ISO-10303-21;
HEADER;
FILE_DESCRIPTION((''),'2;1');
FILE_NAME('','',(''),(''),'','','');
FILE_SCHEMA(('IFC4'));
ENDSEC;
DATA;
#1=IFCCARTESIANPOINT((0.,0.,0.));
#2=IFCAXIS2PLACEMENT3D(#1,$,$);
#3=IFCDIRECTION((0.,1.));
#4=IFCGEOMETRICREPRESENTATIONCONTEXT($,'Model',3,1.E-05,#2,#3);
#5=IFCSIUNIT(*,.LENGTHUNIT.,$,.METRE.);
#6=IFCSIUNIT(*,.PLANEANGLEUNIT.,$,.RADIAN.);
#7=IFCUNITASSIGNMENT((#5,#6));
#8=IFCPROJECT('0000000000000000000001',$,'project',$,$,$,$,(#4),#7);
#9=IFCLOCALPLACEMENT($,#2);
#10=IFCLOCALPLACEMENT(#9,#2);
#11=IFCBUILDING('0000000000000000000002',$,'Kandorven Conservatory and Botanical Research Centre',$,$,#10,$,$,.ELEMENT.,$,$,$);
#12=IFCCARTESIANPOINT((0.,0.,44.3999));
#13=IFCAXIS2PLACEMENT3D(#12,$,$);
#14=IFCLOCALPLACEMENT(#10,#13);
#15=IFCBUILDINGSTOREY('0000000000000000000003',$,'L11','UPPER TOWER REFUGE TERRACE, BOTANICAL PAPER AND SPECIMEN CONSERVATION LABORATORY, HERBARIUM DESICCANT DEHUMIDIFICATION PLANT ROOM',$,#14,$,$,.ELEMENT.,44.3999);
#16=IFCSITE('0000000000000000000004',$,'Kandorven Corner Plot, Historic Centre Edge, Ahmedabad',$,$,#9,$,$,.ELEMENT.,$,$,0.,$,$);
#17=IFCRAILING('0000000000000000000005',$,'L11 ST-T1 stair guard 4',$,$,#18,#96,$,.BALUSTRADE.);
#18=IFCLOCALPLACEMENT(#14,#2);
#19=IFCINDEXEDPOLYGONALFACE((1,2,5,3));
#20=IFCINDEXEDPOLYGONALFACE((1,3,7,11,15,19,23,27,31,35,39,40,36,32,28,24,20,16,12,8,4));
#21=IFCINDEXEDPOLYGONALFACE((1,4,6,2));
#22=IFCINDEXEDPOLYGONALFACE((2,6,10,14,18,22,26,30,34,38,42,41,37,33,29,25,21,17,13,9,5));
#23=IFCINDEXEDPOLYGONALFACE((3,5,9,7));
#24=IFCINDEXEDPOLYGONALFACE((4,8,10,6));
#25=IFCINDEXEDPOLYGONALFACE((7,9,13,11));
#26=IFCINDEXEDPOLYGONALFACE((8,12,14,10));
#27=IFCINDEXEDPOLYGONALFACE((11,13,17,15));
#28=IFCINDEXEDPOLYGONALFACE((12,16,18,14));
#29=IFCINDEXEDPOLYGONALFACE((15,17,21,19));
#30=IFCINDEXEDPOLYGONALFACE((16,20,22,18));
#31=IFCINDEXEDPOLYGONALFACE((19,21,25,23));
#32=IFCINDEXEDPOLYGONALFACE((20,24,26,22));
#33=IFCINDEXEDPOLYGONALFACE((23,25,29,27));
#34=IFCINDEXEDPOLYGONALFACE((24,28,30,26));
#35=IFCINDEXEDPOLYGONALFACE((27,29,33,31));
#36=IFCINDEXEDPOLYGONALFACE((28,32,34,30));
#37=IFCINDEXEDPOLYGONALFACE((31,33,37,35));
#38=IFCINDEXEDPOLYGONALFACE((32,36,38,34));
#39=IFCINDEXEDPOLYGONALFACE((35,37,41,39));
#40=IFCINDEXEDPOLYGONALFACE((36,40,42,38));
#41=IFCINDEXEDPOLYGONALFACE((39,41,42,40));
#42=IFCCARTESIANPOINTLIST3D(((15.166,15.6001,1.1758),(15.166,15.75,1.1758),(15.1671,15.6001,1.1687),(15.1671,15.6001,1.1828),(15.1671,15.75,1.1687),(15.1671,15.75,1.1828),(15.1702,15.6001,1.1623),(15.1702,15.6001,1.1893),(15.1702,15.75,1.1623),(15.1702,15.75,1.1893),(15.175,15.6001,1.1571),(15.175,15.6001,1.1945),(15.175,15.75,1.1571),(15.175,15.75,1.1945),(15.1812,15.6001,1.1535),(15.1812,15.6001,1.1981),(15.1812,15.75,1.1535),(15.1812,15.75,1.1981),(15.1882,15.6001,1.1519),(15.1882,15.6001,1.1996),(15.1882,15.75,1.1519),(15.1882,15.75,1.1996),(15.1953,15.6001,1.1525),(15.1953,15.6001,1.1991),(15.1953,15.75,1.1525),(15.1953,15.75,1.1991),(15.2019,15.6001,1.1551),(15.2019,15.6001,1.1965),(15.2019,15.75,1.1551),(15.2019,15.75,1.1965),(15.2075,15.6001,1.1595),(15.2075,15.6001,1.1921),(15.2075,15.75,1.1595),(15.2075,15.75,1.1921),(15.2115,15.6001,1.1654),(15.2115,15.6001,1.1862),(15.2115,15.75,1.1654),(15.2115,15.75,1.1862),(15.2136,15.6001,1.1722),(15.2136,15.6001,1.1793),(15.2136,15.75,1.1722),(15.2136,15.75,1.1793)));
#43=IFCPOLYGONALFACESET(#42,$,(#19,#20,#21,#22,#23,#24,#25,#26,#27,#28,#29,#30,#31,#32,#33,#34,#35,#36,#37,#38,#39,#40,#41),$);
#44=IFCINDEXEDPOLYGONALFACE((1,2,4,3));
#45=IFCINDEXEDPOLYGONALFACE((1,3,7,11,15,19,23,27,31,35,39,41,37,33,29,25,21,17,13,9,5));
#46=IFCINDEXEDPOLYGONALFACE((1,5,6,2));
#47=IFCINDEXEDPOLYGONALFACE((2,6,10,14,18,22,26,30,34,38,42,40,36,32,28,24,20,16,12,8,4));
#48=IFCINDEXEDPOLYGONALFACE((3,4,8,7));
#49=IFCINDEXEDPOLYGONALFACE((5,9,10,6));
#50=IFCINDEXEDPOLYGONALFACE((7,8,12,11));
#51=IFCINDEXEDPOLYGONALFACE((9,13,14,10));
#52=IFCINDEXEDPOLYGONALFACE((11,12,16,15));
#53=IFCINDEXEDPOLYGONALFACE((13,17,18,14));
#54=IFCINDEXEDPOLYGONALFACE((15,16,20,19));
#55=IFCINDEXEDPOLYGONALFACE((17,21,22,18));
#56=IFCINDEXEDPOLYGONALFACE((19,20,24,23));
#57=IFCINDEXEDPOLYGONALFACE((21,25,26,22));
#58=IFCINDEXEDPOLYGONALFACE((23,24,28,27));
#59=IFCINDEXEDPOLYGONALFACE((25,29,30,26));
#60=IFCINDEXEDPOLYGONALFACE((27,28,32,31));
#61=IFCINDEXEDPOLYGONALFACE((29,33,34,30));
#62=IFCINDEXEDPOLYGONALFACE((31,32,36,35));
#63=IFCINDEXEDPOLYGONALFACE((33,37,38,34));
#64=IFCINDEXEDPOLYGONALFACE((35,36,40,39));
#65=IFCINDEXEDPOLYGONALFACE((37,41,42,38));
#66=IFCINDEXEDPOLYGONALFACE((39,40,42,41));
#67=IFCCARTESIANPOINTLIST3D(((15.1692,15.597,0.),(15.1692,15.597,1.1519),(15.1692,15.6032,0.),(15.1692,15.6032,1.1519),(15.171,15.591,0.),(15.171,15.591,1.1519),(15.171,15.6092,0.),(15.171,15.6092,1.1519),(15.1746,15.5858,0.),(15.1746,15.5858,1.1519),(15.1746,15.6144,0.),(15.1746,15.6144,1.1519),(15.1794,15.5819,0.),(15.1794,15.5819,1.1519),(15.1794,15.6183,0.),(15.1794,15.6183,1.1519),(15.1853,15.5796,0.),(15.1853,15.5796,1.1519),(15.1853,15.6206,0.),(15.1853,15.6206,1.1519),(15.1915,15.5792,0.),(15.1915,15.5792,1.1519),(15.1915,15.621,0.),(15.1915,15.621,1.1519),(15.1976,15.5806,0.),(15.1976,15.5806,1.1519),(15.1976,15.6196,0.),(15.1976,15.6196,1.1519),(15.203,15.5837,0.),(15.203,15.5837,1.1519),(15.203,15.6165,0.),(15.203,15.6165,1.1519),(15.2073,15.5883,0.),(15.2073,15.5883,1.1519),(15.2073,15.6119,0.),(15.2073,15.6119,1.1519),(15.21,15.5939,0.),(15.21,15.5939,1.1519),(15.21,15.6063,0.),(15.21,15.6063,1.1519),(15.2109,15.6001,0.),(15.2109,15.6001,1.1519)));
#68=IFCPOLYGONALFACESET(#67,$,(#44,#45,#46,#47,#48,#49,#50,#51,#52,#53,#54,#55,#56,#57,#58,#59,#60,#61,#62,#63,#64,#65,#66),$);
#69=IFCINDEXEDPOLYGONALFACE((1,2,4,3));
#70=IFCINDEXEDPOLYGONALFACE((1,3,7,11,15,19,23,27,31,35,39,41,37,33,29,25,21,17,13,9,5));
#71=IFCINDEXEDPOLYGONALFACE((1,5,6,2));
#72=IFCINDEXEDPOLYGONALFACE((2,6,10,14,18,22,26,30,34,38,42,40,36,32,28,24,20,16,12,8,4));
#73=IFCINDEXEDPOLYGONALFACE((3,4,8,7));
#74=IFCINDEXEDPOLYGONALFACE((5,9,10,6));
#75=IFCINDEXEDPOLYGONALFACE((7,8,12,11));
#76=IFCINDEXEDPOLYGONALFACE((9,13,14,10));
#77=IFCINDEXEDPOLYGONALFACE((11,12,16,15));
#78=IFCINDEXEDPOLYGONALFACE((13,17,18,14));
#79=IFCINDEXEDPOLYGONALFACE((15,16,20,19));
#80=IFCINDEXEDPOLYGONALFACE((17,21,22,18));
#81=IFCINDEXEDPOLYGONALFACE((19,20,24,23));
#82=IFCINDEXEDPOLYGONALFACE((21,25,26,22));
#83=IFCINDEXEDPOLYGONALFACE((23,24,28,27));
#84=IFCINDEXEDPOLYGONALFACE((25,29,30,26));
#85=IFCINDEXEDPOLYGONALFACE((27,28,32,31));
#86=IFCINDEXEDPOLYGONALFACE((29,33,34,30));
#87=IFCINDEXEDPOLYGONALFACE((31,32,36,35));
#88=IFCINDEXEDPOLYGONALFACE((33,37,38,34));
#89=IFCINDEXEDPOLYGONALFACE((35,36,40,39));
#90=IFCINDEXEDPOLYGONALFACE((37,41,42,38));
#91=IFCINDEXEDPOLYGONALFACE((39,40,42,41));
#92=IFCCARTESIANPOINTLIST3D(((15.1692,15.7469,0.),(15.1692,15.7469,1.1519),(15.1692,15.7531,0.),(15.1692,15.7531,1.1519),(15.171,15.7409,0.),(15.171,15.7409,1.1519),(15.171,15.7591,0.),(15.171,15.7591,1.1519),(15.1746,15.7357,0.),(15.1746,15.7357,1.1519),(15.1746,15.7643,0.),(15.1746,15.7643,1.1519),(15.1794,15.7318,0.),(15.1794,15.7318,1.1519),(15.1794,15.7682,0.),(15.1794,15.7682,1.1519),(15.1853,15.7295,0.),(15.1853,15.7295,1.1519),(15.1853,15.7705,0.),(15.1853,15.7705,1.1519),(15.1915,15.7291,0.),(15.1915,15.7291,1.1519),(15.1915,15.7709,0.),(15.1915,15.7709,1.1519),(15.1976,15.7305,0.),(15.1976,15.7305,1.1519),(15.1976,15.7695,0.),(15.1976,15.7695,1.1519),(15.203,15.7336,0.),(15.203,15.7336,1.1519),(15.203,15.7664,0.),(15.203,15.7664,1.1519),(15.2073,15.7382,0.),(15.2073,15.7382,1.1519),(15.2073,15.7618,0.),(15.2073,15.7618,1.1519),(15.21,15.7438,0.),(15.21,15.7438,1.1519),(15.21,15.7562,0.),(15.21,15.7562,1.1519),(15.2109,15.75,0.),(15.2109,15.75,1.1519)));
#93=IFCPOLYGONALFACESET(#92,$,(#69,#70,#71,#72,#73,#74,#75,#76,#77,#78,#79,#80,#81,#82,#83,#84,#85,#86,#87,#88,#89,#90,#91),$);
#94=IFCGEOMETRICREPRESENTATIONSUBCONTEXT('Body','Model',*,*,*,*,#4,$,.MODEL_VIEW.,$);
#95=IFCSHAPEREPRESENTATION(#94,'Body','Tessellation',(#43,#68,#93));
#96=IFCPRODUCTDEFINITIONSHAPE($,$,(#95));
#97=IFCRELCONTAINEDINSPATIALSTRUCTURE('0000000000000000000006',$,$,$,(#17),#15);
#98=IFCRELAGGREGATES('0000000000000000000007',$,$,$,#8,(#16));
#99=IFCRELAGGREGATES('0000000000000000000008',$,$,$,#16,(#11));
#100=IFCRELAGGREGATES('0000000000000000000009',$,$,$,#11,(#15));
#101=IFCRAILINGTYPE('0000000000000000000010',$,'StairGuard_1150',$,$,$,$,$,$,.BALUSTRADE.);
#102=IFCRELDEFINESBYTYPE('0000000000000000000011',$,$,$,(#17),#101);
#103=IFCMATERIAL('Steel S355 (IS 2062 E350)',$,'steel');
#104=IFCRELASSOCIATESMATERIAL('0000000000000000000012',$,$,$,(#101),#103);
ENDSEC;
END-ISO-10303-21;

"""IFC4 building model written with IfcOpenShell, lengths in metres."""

from ifc_helpers import new_model, si_unit, direction, frame, origin, origin_2d, place, context, subcontext, project, spatial, circle, extrude, material, type_object, element, save


model = new_model("IFC4")

# Units and contexts
model_context = context("Model", 3, precision=1e-05, world=origin(), true_north=direction((0.0, 1.0)))
body_context = subcontext(model_context, "Body", "Model", "MODEL_VIEW")
ifc_project = project(units=[si_unit("LENGTHUNIT", "METRE"), si_unit("PLANEANGLEUNIT", "RADIAN")], contexts=[model_context])

# Site, building, storey
site_placement = place(None, origin())
site = spatial("IfcSite", under=ifc_project, at=site_placement, Name="Kandorven Corner Plot, Historic Centre Edge, Ahmedabad", CompositionType="ELEMENT", RefElevation=0.0)
building_placement = place(site_placement, origin())
building = spatial("IfcBuilding", under=site, at=building_placement, Name="Kandorven Conservatory and Botanical Research Centre", CompositionType="ELEMENT")
storey_placement = place(building_placement, frame((0.0, 0.0, 44.3999)))
storey = spatial("IfcBuildingStorey", under=building, at=storey_placement, Name="L11", Description="UPPER TOWER REFUGE TERRACE, BOTANICAL PAPER AND SPECIMEN CONSERVATION LABORATORY, HERBARIUM DESICCANT DEHUMIDIFICATION PLANT ROOM", CompositionType="ELEMENT", Elevation=44.3999)

# Railing
ifc_material_1 = material(Name="Steel S355 (IS 2062 E350)", Category="steel")
railing_type_1 = type_object("IfcRailingType", Name="StairGuard_1150", PredefinedType="BALUSTRADE", material=ifc_material_1)
railing_1_placement = place(storey_placement, frame((15.1899, 15.6001, 0.0)))
element("IfcRailing", 1, at=railing_1_placement, inside=storey, type_object=railing_type_1, Name="L11 ST-T1 stair guard 4", PredefinedType="BALUSTRADE", context=body_context, shape_type="SweptSolid", body=[
    extrude(circle(Radius=0.0239, at=origin_2d()), frame((0.0, 0.0, 1.1758), z_axis=(0.0, 1.0, 0.0), x_axis=(-1.0, 0.0, 0.0)), (0.0, 0.0, 1.0), 0.1499),
    extrude(circle(Radius=0.021, at=origin_2d()), origin(), (0.0, 0.0, 1.0), 1.1519),
    extrude(circle(Radius=0.021, at=origin_2d()), frame((0.0, 0.1499, 0.0)), (0.0, 0.0, 1.0), 1.1519),
])

save(model, "model.ifc")
